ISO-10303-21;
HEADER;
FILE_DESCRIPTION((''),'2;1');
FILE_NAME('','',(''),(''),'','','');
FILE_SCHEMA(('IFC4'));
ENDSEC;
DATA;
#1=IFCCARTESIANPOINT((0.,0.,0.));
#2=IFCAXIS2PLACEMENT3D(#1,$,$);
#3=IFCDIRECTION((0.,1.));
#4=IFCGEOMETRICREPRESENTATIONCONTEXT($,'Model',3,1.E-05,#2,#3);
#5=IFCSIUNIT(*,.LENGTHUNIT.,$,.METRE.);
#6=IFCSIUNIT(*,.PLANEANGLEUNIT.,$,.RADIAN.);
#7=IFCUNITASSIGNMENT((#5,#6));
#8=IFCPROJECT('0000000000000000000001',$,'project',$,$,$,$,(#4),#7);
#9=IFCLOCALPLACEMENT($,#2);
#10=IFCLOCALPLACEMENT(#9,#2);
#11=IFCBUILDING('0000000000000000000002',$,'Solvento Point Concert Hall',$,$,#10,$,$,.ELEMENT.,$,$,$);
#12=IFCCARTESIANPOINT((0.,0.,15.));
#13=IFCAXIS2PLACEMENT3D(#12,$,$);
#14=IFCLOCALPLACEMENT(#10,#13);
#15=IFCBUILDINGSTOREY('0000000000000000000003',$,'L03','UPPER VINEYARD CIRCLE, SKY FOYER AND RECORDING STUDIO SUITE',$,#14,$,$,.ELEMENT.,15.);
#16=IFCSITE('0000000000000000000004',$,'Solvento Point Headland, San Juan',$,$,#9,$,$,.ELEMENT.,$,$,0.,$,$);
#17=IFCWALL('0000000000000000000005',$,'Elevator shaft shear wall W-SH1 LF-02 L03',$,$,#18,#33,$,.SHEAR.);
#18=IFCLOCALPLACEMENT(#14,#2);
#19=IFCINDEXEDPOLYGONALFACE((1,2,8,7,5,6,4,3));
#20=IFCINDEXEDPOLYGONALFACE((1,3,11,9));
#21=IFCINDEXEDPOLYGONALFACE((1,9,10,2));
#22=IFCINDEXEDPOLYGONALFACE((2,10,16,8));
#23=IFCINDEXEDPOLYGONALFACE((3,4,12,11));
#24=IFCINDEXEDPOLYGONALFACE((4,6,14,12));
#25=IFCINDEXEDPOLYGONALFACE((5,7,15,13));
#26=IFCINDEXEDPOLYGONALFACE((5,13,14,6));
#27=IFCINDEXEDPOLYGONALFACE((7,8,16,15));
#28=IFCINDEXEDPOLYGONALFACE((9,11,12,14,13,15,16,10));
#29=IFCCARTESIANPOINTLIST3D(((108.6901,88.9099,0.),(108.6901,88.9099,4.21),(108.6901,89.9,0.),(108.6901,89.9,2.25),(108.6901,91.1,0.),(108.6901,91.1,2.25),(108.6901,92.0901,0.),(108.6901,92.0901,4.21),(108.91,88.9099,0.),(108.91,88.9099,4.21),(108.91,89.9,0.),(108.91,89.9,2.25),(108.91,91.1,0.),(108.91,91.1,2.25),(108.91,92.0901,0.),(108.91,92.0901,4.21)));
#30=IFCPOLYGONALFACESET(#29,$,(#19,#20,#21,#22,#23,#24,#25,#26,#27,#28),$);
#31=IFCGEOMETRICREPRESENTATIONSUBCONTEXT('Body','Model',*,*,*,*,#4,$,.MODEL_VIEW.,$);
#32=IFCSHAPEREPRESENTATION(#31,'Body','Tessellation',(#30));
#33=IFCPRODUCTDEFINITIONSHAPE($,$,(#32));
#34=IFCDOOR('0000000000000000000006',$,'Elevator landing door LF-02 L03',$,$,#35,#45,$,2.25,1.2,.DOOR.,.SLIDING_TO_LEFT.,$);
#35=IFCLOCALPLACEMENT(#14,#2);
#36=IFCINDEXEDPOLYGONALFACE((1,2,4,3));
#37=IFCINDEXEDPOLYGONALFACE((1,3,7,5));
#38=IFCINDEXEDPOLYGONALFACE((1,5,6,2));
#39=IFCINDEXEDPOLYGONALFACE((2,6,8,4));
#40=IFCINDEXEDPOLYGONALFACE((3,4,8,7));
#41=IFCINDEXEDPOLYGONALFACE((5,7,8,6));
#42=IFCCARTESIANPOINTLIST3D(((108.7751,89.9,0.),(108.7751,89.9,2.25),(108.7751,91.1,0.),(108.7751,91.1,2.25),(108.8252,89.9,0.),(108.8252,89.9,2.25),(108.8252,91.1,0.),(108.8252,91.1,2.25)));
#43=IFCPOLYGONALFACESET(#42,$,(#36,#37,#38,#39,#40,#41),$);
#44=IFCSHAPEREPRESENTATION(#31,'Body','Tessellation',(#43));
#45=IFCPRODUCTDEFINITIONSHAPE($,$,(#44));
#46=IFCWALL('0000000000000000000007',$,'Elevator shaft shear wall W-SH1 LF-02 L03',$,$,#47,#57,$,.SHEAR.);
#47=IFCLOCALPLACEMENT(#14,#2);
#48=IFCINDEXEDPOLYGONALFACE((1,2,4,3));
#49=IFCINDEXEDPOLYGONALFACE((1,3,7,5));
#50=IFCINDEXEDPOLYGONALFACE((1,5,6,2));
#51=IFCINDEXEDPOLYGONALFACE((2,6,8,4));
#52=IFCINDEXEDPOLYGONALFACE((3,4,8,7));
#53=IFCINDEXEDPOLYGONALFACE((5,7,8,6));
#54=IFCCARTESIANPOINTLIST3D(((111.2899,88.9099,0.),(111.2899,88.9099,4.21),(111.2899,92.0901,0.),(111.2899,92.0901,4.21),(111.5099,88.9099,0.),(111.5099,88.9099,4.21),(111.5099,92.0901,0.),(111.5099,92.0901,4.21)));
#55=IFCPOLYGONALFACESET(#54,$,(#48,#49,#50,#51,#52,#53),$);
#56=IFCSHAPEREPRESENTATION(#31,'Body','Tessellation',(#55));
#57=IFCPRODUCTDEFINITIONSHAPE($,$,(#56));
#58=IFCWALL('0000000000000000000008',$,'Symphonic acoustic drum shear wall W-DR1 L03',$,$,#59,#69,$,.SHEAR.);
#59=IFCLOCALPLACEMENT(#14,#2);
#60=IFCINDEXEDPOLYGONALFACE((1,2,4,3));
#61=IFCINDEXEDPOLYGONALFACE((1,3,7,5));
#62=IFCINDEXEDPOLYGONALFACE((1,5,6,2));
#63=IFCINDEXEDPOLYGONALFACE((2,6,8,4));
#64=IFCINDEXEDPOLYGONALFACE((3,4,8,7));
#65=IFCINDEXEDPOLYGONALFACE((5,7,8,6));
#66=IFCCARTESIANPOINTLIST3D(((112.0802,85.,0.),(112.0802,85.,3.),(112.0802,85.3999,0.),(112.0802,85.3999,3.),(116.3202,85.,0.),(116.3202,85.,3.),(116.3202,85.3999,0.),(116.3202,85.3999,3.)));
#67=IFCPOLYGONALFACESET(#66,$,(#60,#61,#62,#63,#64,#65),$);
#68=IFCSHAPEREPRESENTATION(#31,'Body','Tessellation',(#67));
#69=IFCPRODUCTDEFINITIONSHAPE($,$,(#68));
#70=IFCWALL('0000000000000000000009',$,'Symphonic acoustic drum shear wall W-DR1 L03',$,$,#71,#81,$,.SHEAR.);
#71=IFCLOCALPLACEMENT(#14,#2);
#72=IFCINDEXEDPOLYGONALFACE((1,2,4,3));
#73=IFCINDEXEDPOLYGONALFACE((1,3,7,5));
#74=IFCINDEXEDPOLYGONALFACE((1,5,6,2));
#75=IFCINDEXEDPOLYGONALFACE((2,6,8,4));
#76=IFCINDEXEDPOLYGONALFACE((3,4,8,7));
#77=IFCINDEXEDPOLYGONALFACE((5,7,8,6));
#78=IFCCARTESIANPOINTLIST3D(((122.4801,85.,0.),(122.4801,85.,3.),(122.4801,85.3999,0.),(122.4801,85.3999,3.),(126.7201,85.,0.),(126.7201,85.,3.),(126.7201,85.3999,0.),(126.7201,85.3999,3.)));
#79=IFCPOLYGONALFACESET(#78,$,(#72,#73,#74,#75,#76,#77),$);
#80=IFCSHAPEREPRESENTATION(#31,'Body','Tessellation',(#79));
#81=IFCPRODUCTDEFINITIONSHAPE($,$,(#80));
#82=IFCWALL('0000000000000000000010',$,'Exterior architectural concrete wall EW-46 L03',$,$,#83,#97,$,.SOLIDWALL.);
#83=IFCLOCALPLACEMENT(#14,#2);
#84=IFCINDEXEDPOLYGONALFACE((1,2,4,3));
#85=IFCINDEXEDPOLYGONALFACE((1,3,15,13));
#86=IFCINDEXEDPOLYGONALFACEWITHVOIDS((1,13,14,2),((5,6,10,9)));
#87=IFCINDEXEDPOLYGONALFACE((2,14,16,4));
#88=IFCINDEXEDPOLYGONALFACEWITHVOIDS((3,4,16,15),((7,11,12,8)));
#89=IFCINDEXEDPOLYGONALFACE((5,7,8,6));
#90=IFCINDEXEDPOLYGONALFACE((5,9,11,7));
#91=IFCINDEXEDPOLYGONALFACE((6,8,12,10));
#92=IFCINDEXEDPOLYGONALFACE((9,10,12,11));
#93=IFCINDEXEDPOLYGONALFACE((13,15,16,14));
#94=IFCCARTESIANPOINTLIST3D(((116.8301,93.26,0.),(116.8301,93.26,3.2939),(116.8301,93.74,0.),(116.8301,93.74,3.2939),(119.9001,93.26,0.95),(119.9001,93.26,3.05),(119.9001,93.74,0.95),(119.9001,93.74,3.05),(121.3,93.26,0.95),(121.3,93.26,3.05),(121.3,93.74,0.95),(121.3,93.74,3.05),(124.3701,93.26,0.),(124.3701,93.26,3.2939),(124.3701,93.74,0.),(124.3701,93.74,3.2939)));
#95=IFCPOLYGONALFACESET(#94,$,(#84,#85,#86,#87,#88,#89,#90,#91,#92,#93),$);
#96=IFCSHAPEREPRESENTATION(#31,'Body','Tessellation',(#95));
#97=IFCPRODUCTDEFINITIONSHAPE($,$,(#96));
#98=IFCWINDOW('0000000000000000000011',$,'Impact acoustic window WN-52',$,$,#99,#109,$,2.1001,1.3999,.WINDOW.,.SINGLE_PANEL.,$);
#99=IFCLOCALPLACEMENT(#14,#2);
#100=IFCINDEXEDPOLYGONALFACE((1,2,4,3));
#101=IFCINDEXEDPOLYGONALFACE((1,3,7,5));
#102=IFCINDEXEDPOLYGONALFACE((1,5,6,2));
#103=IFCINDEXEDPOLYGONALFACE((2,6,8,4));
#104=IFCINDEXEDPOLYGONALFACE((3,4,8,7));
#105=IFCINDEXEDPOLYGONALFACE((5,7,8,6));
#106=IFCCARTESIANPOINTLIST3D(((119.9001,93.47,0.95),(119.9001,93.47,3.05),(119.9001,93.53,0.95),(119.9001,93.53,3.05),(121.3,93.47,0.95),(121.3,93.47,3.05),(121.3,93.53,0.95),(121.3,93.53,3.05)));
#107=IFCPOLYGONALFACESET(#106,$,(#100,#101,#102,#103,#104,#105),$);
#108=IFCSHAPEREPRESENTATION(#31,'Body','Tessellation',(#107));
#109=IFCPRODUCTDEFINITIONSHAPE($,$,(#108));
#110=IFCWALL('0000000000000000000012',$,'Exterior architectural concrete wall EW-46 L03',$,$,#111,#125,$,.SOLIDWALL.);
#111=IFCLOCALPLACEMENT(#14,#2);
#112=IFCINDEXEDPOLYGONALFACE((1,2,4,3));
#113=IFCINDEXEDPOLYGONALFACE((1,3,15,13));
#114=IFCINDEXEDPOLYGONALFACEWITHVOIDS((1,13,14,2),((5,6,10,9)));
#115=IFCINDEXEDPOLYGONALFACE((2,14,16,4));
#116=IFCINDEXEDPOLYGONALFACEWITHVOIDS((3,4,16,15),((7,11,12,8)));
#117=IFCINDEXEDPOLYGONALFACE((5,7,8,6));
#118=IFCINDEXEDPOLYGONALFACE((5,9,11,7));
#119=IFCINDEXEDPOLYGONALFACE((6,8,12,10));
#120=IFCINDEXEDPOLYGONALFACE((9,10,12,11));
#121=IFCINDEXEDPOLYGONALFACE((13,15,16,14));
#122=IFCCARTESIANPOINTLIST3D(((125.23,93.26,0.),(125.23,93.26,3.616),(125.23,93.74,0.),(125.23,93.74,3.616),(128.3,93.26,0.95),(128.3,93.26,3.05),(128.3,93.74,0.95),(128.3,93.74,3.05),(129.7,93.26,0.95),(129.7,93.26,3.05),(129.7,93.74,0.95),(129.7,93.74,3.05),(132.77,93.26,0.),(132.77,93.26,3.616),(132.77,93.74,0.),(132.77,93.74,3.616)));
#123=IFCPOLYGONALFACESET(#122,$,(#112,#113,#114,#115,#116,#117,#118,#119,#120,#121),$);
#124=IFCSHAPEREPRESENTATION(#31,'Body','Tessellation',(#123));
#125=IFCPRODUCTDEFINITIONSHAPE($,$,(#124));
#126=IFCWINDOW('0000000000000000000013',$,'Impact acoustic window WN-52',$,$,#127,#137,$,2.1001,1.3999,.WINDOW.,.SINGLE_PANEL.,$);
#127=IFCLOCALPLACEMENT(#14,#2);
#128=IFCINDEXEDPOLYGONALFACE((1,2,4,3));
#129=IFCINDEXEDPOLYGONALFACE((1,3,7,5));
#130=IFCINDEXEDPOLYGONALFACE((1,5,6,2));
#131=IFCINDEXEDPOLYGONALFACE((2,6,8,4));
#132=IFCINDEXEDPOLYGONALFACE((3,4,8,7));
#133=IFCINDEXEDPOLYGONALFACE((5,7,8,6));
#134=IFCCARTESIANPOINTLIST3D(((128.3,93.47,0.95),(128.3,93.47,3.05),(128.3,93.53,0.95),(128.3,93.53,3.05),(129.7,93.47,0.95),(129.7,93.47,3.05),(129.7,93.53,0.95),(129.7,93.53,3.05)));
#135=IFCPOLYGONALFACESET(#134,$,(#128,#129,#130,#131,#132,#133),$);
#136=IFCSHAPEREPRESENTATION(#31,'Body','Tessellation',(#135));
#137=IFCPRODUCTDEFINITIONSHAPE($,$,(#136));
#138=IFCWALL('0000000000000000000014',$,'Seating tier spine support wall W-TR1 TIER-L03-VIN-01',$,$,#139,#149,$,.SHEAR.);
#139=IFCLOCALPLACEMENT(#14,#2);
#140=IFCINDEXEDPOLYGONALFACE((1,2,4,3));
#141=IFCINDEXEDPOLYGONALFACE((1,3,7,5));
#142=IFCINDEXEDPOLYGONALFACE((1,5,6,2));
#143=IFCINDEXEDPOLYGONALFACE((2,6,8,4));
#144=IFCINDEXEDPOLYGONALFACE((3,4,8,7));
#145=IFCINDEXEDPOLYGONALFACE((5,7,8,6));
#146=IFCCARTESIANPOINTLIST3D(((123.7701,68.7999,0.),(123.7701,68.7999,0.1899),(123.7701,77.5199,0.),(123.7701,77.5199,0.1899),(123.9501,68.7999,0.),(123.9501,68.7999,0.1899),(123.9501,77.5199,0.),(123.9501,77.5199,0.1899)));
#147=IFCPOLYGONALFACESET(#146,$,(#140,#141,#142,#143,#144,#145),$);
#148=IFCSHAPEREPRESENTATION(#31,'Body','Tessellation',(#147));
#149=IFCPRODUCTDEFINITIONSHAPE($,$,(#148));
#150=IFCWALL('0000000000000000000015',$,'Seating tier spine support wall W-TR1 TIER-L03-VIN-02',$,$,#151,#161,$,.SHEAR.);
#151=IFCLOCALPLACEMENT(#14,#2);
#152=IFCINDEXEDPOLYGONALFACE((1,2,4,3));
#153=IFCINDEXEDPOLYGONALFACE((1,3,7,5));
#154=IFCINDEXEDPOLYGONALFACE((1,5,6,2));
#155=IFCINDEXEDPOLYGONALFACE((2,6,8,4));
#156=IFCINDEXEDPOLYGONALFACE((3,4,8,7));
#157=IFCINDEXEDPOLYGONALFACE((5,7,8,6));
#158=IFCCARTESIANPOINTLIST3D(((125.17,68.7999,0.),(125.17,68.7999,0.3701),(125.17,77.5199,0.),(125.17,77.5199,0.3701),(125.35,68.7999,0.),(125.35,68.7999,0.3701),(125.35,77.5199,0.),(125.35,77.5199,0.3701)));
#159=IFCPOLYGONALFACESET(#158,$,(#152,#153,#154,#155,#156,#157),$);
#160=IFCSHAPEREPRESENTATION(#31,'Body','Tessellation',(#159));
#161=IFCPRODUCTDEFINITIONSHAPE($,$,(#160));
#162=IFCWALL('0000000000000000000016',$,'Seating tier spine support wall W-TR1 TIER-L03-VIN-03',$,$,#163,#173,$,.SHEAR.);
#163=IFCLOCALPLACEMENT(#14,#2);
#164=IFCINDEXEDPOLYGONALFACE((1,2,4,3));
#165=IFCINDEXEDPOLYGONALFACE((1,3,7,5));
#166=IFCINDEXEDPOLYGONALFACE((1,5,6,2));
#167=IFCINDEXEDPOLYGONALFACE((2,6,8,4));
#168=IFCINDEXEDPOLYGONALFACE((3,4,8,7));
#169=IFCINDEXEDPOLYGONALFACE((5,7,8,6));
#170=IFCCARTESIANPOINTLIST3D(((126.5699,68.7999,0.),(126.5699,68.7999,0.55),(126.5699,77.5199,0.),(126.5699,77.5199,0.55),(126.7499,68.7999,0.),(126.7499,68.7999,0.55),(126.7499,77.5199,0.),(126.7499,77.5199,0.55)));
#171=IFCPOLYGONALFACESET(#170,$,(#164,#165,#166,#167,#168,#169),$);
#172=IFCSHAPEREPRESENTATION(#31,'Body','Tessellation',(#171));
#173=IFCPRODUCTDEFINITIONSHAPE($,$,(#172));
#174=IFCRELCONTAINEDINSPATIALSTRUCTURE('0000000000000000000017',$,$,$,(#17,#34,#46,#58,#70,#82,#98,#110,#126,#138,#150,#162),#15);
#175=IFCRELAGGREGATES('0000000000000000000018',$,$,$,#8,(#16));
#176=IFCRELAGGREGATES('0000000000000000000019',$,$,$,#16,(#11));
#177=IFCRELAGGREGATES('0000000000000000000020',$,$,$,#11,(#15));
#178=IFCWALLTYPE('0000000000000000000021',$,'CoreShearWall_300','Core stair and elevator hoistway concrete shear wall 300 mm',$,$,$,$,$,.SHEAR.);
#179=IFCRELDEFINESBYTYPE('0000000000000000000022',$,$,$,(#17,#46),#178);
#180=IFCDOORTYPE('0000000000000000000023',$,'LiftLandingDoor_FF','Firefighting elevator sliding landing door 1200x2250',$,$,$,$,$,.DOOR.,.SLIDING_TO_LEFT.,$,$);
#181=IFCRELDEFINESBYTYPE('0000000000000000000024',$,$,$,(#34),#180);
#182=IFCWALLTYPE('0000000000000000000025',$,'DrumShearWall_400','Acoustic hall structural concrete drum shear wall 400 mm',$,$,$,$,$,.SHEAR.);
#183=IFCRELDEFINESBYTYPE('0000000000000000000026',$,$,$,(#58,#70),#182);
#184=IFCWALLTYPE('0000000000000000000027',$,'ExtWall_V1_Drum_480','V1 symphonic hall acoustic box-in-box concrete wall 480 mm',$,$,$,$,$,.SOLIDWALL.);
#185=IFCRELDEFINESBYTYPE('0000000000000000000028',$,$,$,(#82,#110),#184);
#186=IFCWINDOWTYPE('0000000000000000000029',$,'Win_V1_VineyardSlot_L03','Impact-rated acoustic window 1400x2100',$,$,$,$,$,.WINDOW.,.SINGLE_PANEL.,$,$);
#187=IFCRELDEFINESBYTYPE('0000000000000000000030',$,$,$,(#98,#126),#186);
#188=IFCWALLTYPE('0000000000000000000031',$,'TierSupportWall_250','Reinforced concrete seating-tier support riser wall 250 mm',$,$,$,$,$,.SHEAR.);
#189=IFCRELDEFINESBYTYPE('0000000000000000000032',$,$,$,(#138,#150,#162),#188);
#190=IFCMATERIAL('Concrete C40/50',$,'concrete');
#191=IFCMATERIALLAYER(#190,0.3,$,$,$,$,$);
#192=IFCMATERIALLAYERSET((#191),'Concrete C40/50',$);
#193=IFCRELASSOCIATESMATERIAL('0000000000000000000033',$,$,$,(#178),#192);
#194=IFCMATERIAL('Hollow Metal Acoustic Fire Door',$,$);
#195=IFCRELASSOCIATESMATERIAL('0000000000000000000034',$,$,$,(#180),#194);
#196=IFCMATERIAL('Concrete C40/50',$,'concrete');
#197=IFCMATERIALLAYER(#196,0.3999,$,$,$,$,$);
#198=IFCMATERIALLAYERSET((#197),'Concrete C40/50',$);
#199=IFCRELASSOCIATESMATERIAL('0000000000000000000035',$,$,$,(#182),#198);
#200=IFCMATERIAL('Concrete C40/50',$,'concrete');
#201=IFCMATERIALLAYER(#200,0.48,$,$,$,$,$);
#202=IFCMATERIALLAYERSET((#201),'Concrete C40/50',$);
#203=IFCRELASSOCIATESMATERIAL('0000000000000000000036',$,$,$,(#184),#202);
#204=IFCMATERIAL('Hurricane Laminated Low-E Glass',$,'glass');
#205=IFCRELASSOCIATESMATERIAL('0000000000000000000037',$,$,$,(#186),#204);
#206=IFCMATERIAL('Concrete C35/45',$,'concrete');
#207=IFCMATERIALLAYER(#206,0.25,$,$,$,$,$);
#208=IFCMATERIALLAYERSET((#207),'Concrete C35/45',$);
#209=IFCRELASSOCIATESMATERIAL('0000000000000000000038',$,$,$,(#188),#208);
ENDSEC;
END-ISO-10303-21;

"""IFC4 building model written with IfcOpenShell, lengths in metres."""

from ifc_helpers import new_model, si_unit, direction, frame, frame_2d, origin, place, context, subcontext, project, spatial, rectangle, extrude, material, layer, layer_set, type_object, element, fill, save


model = new_model("IFC4")

# Units and contexts
model_context = context("Model", 3, precision=1e-05, world=origin(), true_north=direction((0.0, 1.0)))
body_context = subcontext(model_context, "Body", "Model", "MODEL_VIEW")
ifc_project = project(units=[si_unit("LENGTHUNIT", "METRE"), si_unit("PLANEANGLEUNIT", "RADIAN")], contexts=[model_context])

# Site, building, storey
site_placement = place(None, origin())
site = spatial("IfcSite", under=ifc_project, at=site_placement, Name="Solvento Point Headland, San Juan", CompositionType="ELEMENT", RefElevation=0.0)
building_placement = place(site_placement, origin())
building = spatial("IfcBuilding", under=site, at=building_placement, Name="Solvento Point Concert Hall", CompositionType="ELEMENT")
storey_placement = place(building_placement, frame((0.0, 0.0, 15.0)))
storey = spatial("IfcBuildingStorey", under=building, at=storey_placement, Name="L03", Description="UPPER VINEYARD CIRCLE, SKY FOYER AND RECORDING STUDIO SUITE", CompositionType="ELEMENT", Elevation=15.0)

# Shared definitions
ifc_material_1 = material(Name="Concrete C40/50", Category="concrete")
ifc_layer_1 = layer(ifc_material_1, 0.3)
ifc_layer_set_1 = layer_set([ifc_layer_1], Name="Concrete C40/50")
wall_type_1 = type_object("IfcWallType", Name="CoreShearWall_300", Description="Core stair and elevator hoistway concrete shear wall 300 mm", PredefinedType="SHEAR", material=ifc_layer_set_1)

# Wall, opening, door
wall_1_placement = place(storey_placement, frame((108.8, 88.9099, 0.0), z_axis=(0.0, 0.0, 1.0), x_axis=(0.0, 1.0, 0.0)))
wall_1 = element("IfcWall", 1, at=wall_1_placement, inside=storey, type_object=wall_type_1, Name="Elevator shaft shear wall W-SH1 LF-02 L03", PredefinedType="SHEAR", context=body_context, shape_type="SweptSolid", body=[
    extrude(rectangle(XDim=3.1802, YDim=0.22, at=frame_2d((1.5901, 0.0))), origin(), (0.0, 0.0, 1.0), 4.21),
])
opening_1_placement = place(wall_1_placement, frame((0.99, 0.0, 0.0)))
opening_1 = element("IfcOpeningElement", 2, at=opening_1_placement, cuts=wall_1, PredefinedType="OPENING", context=body_context, shape_type="SweptSolid", body=[
    extrude(rectangle(XDim=1.2, YDim=2.25, at=frame_2d((0.6001, 1.125))), frame((0.0, 0.1199, 0.0), z_axis=(0.0, -1.0, 0.0), x_axis=(1.0, 0.0, 0.0)), (0.0, 0.0, 1.0), 0.24),
])
ifc_material_2 = material(Name="Hollow Metal Acoustic Fire Door")
door_type_1 = type_object("IfcDoorType", Name="LiftLandingDoor_FF", Description="Firefighting elevator sliding landing door 1200x2250", OperationType="SLIDING_TO_LEFT", PredefinedType="DOOR", material=ifc_material_2)
door_1_placement = place(opening_1_placement, origin())
door_1 = element("IfcDoor", 3, at=door_1_placement, inside=storey, type_object=door_type_1, Name="Elevator landing door LF-02 L03", OperationType="SLIDING_TO_LEFT", OverallHeight=2.25, OverallWidth=1.2, PredefinedType="DOOR", context=body_context, shape_type="SweptSolid", body=[
    extrude(rectangle(XDim=1.2, YDim=2.25, at=frame_2d((0.6001, 1.125))), frame((0.0, 0.0249, 0.0), z_axis=(0.0, -1.0, 0.0), x_axis=(1.0, 0.0, 0.0)), (0.0, 0.0, 1.0), 0.05),
])
fill(opening_1, door_1)

# Walls
wall_2_placement = place(storey_placement, frame((111.3999, 88.9099, 0.0), z_axis=(0.0, 0.0, 1.0), x_axis=(0.0, 1.0, 0.0)))
element("IfcWall", 4, at=wall_2_placement, inside=storey, type_object=wall_type_1, Name="Elevator shaft shear wall W-SH1 LF-02 L03", PredefinedType="SHEAR", context=body_context, shape_type="SweptSolid", body=[
    extrude(rectangle(XDim=3.1802, YDim=0.22, at=frame_2d((1.5901, 0.0))), origin(), (0.0, 0.0, 1.0), 4.21),
])
ifc_material_3 = material(Name="Concrete C40/50", Category="concrete")
ifc_layer_2 = layer(ifc_material_3, 0.3999)
ifc_layer_set_2 = layer_set([ifc_layer_2], Name="Concrete C40/50")
wall_type_2 = type_object("IfcWallType", Name="DrumShearWall_400", Description="Acoustic hall structural concrete drum shear wall 400 mm", PredefinedType="SHEAR", material=ifc_layer_set_2)
for number, where, z_axis, x_axis, name in (
    (5, (112.0801, 85.2, 0.0), (0.0, 0.0, 1.0), (1.0, 0.0, 0.0), "Symphonic acoustic drum shear wall W-DR1 L03"),
    (6, (122.48, 85.2, 0.0), (0.0, 0.0, 1.0), (1.0, 0.0, 0.0), "Symphonic acoustic drum shear wall W-DR1 L03"),
):
    element("IfcWall", number, at=place(storey_placement, frame(where, z_axis=z_axis, x_axis=x_axis)), inside=storey, type_object=wall_type_2, Name=name, PredefinedType="SHEAR", context=body_context, shape_type="SweptSolid", body=[
        extrude(rectangle(XDim=4.24, YDim=0.3999, at=frame_2d((2.1201, 0.0))), origin(), (0.0, 0.0, 1.0), 3.0),
    ])

# Walls, openings, windows
ifc_material_4 = material(Name="Concrete C40/50", Category="concrete")
ifc_layer_3 = layer(ifc_material_4, 0.48)
ifc_layer_set_3 = layer_set([ifc_layer_3], Name="Concrete C40/50")
wall_type_3 = type_object("IfcWallType", Name="ExtWall_V1_Drum_480", Description="V1 symphonic hall acoustic box-in-box concrete wall 480 mm", PredefinedType="SOLIDWALL", material=ifc_layer_set_3)
wall_3_placement = place(storey_placement, frame((116.8301, 93.5, 0.0), z_axis=(0.0, 0.0, 1.0), x_axis=(1.0, 0.0, 0.0)))
wall_3 = element("IfcWall", 7, at=wall_3_placement, inside=storey, type_object=wall_type_3, Name="Exterior architectural concrete wall EW-46 L03", PredefinedType="SOLIDWALL", context=body_context, shape_type="SweptSolid", body=[
    extrude(rectangle(XDim=7.54, YDim=0.48, at=frame_2d((3.77, 0.0))), origin(), (0.0, 0.0, 1.0), 3.2939),
])
opening_2_placement = place(wall_3_placement, frame((3.0701, 0.0, 0.95)))
opening_2 = element("IfcOpeningElement", 8, at=opening_2_placement, cuts=wall_3, PredefinedType="OPENING", context=body_context, shape_type="SweptSolid", body=[
    extrude(rectangle(XDim=1.3999, YDim=2.1001, at=frame_2d((0.7, 1.05))), frame((0.0, 0.25, 0.0), z_axis=(0.0, -1.0, 0.0), x_axis=(1.0, 0.0, 0.0)), (0.0, 0.0, 1.0), 0.5),
])
ifc_material_5 = material(Name="Hurricane Laminated Low-E Glass", Category="glass")
window_type = type_object("IfcWindowType", Name="Win_V1_VineyardSlot_L03", Description="Impact-rated acoustic window 1400x2100", PartitioningType="SINGLE_PANEL", PredefinedType="WINDOW", material=ifc_material_5)
window_1_placement = place(opening_2_placement, origin())
window_1 = element("IfcWindow", 9, at=window_1_placement, inside=storey, type_object=window_type, Name="Impact acoustic window WN-52", OverallHeight=2.1001, OverallWidth=1.3999, PartitioningType="SINGLE_PANEL", PredefinedType="WINDOW", context=body_context, shape_type="SweptSolid", body=[
    extrude(rectangle(XDim=1.3999, YDim=2.1001, at=frame_2d((0.7, 1.05))), frame((0.0, 0.03, 0.0), z_axis=(0.0, -1.0, 0.0), x_axis=(1.0, 0.0, 0.0)), (0.0, 0.0, 1.0), 0.0601),
])
fill(opening_2, window_1)
wall_4_placement = place(storey_placement, frame((125.23, 93.5, 0.0), z_axis=(0.0, 0.0, 1.0), x_axis=(1.0, 0.0, 0.0)))
wall_4 = element("IfcWall", 10, at=wall_4_placement, inside=storey, type_object=wall_type_3, Name="Exterior architectural concrete wall EW-46 L03", PredefinedType="SOLIDWALL", context=body_context, shape_type="SweptSolid", body=[
    extrude(rectangle(XDim=7.54, YDim=0.48, at=frame_2d((3.77, 0.0))), origin(), (0.0, 0.0, 1.0), 3.616),
])
opening_3_placement = place(wall_4_placement, frame((3.0701, 0.0, 0.95)))
opening_3 = element("IfcOpeningElement", 11, at=opening_3_placement, cuts=wall_4, PredefinedType="OPENING", context=body_context, shape_type="SweptSolid", body=[
    extrude(rectangle(XDim=1.3999, YDim=2.1001, at=frame_2d((0.7, 1.05))), frame((0.0, 0.25, 0.0), z_axis=(0.0, -1.0, 0.0), x_axis=(1.0, 0.0, 0.0)), (0.0, 0.0, 1.0), 0.5),
])
window_2_placement = place(opening_3_placement, origin())
window_2 = element("IfcWindow", 12, at=window_2_placement, inside=storey, type_object=window_type, Name="Impact acoustic window WN-52", OverallHeight=2.1001, OverallWidth=1.3999, PartitioningType="SINGLE_PANEL", PredefinedType="WINDOW", context=body_context, shape_type="SweptSolid", body=[
    extrude(rectangle(XDim=1.3999, YDim=2.1001, at=frame_2d((0.7, 1.05))), frame((0.0, 0.03, 0.0), z_axis=(0.0, -1.0, 0.0), x_axis=(1.0, 0.0, 0.0)), (0.0, 0.0, 1.0), 0.0601),
])
fill(opening_3, window_2)

# Walls
ifc_material_6 = material(Name="Concrete C35/45", Category="concrete")
ifc_layer_4 = layer(ifc_material_6, 0.25)
ifc_layer_set_4 = layer_set([ifc_layer_4], Name="Concrete C35/45")
wall_type_4 = type_object("IfcWallType", Name="TierSupportWall_250", Description="Reinforced concrete seating-tier support riser wall 250 mm", PredefinedType="SHEAR", material=ifc_layer_set_4)
wall_5_placement = place(storey_placement, frame((123.8601, 68.8, 0.0), z_axis=(0.0, 0.0, 1.0), x_axis=(0.0, 1.0, 0.0)))
element("IfcWall", 13, at=wall_5_placement, inside=storey, type_object=wall_type_4, Name="Seating tier spine support wall W-TR1 TIER-L03-VIN-01", PredefinedType="SHEAR", context=body_context, shape_type="SweptSolid", body=[
    extrude(rectangle(XDim=8.72, YDim=0.1799, at=frame_2d((4.3599, 0.0))), origin(), (0.0, 0.0, 1.0), 0.1899),
])
wall_6_placement = place(storey_placement, frame((125.26, 68.8, 0.0), z_axis=(0.0, 0.0, 1.0), x_axis=(0.0, 1.0, 0.0)))
element("IfcWall", 14, at=wall_6_placement, inside=storey, type_object=wall_type_4, Name="Seating tier spine support wall W-TR1 TIER-L03-VIN-02", PredefinedType="SHEAR", context=body_context, shape_type="SweptSolid", body=[
    extrude(rectangle(XDim=8.72, YDim=0.1799, at=frame_2d((4.3599, 0.0))), origin(), (0.0, 0.0, 1.0), 0.3701),
])
wall_7_placement = place(storey_placement, frame((126.6599, 68.8, 0.0), z_axis=(0.0, 0.0, 1.0), x_axis=(0.0, 1.0, 0.0)))
element("IfcWall", 15, at=wall_7_placement, inside=storey, type_object=wall_type_4, Name="Seating tier spine support wall W-TR1 TIER-L03-VIN-03", PredefinedType="SHEAR", context=body_context, shape_type="SweptSolid", body=[
    extrude(rectangle(XDim=8.72, YDim=0.1799, at=frame_2d((4.3599, 0.0))), origin(), (0.0, 0.0, 1.0), 0.55),
])

save(model, "model.ifc")
